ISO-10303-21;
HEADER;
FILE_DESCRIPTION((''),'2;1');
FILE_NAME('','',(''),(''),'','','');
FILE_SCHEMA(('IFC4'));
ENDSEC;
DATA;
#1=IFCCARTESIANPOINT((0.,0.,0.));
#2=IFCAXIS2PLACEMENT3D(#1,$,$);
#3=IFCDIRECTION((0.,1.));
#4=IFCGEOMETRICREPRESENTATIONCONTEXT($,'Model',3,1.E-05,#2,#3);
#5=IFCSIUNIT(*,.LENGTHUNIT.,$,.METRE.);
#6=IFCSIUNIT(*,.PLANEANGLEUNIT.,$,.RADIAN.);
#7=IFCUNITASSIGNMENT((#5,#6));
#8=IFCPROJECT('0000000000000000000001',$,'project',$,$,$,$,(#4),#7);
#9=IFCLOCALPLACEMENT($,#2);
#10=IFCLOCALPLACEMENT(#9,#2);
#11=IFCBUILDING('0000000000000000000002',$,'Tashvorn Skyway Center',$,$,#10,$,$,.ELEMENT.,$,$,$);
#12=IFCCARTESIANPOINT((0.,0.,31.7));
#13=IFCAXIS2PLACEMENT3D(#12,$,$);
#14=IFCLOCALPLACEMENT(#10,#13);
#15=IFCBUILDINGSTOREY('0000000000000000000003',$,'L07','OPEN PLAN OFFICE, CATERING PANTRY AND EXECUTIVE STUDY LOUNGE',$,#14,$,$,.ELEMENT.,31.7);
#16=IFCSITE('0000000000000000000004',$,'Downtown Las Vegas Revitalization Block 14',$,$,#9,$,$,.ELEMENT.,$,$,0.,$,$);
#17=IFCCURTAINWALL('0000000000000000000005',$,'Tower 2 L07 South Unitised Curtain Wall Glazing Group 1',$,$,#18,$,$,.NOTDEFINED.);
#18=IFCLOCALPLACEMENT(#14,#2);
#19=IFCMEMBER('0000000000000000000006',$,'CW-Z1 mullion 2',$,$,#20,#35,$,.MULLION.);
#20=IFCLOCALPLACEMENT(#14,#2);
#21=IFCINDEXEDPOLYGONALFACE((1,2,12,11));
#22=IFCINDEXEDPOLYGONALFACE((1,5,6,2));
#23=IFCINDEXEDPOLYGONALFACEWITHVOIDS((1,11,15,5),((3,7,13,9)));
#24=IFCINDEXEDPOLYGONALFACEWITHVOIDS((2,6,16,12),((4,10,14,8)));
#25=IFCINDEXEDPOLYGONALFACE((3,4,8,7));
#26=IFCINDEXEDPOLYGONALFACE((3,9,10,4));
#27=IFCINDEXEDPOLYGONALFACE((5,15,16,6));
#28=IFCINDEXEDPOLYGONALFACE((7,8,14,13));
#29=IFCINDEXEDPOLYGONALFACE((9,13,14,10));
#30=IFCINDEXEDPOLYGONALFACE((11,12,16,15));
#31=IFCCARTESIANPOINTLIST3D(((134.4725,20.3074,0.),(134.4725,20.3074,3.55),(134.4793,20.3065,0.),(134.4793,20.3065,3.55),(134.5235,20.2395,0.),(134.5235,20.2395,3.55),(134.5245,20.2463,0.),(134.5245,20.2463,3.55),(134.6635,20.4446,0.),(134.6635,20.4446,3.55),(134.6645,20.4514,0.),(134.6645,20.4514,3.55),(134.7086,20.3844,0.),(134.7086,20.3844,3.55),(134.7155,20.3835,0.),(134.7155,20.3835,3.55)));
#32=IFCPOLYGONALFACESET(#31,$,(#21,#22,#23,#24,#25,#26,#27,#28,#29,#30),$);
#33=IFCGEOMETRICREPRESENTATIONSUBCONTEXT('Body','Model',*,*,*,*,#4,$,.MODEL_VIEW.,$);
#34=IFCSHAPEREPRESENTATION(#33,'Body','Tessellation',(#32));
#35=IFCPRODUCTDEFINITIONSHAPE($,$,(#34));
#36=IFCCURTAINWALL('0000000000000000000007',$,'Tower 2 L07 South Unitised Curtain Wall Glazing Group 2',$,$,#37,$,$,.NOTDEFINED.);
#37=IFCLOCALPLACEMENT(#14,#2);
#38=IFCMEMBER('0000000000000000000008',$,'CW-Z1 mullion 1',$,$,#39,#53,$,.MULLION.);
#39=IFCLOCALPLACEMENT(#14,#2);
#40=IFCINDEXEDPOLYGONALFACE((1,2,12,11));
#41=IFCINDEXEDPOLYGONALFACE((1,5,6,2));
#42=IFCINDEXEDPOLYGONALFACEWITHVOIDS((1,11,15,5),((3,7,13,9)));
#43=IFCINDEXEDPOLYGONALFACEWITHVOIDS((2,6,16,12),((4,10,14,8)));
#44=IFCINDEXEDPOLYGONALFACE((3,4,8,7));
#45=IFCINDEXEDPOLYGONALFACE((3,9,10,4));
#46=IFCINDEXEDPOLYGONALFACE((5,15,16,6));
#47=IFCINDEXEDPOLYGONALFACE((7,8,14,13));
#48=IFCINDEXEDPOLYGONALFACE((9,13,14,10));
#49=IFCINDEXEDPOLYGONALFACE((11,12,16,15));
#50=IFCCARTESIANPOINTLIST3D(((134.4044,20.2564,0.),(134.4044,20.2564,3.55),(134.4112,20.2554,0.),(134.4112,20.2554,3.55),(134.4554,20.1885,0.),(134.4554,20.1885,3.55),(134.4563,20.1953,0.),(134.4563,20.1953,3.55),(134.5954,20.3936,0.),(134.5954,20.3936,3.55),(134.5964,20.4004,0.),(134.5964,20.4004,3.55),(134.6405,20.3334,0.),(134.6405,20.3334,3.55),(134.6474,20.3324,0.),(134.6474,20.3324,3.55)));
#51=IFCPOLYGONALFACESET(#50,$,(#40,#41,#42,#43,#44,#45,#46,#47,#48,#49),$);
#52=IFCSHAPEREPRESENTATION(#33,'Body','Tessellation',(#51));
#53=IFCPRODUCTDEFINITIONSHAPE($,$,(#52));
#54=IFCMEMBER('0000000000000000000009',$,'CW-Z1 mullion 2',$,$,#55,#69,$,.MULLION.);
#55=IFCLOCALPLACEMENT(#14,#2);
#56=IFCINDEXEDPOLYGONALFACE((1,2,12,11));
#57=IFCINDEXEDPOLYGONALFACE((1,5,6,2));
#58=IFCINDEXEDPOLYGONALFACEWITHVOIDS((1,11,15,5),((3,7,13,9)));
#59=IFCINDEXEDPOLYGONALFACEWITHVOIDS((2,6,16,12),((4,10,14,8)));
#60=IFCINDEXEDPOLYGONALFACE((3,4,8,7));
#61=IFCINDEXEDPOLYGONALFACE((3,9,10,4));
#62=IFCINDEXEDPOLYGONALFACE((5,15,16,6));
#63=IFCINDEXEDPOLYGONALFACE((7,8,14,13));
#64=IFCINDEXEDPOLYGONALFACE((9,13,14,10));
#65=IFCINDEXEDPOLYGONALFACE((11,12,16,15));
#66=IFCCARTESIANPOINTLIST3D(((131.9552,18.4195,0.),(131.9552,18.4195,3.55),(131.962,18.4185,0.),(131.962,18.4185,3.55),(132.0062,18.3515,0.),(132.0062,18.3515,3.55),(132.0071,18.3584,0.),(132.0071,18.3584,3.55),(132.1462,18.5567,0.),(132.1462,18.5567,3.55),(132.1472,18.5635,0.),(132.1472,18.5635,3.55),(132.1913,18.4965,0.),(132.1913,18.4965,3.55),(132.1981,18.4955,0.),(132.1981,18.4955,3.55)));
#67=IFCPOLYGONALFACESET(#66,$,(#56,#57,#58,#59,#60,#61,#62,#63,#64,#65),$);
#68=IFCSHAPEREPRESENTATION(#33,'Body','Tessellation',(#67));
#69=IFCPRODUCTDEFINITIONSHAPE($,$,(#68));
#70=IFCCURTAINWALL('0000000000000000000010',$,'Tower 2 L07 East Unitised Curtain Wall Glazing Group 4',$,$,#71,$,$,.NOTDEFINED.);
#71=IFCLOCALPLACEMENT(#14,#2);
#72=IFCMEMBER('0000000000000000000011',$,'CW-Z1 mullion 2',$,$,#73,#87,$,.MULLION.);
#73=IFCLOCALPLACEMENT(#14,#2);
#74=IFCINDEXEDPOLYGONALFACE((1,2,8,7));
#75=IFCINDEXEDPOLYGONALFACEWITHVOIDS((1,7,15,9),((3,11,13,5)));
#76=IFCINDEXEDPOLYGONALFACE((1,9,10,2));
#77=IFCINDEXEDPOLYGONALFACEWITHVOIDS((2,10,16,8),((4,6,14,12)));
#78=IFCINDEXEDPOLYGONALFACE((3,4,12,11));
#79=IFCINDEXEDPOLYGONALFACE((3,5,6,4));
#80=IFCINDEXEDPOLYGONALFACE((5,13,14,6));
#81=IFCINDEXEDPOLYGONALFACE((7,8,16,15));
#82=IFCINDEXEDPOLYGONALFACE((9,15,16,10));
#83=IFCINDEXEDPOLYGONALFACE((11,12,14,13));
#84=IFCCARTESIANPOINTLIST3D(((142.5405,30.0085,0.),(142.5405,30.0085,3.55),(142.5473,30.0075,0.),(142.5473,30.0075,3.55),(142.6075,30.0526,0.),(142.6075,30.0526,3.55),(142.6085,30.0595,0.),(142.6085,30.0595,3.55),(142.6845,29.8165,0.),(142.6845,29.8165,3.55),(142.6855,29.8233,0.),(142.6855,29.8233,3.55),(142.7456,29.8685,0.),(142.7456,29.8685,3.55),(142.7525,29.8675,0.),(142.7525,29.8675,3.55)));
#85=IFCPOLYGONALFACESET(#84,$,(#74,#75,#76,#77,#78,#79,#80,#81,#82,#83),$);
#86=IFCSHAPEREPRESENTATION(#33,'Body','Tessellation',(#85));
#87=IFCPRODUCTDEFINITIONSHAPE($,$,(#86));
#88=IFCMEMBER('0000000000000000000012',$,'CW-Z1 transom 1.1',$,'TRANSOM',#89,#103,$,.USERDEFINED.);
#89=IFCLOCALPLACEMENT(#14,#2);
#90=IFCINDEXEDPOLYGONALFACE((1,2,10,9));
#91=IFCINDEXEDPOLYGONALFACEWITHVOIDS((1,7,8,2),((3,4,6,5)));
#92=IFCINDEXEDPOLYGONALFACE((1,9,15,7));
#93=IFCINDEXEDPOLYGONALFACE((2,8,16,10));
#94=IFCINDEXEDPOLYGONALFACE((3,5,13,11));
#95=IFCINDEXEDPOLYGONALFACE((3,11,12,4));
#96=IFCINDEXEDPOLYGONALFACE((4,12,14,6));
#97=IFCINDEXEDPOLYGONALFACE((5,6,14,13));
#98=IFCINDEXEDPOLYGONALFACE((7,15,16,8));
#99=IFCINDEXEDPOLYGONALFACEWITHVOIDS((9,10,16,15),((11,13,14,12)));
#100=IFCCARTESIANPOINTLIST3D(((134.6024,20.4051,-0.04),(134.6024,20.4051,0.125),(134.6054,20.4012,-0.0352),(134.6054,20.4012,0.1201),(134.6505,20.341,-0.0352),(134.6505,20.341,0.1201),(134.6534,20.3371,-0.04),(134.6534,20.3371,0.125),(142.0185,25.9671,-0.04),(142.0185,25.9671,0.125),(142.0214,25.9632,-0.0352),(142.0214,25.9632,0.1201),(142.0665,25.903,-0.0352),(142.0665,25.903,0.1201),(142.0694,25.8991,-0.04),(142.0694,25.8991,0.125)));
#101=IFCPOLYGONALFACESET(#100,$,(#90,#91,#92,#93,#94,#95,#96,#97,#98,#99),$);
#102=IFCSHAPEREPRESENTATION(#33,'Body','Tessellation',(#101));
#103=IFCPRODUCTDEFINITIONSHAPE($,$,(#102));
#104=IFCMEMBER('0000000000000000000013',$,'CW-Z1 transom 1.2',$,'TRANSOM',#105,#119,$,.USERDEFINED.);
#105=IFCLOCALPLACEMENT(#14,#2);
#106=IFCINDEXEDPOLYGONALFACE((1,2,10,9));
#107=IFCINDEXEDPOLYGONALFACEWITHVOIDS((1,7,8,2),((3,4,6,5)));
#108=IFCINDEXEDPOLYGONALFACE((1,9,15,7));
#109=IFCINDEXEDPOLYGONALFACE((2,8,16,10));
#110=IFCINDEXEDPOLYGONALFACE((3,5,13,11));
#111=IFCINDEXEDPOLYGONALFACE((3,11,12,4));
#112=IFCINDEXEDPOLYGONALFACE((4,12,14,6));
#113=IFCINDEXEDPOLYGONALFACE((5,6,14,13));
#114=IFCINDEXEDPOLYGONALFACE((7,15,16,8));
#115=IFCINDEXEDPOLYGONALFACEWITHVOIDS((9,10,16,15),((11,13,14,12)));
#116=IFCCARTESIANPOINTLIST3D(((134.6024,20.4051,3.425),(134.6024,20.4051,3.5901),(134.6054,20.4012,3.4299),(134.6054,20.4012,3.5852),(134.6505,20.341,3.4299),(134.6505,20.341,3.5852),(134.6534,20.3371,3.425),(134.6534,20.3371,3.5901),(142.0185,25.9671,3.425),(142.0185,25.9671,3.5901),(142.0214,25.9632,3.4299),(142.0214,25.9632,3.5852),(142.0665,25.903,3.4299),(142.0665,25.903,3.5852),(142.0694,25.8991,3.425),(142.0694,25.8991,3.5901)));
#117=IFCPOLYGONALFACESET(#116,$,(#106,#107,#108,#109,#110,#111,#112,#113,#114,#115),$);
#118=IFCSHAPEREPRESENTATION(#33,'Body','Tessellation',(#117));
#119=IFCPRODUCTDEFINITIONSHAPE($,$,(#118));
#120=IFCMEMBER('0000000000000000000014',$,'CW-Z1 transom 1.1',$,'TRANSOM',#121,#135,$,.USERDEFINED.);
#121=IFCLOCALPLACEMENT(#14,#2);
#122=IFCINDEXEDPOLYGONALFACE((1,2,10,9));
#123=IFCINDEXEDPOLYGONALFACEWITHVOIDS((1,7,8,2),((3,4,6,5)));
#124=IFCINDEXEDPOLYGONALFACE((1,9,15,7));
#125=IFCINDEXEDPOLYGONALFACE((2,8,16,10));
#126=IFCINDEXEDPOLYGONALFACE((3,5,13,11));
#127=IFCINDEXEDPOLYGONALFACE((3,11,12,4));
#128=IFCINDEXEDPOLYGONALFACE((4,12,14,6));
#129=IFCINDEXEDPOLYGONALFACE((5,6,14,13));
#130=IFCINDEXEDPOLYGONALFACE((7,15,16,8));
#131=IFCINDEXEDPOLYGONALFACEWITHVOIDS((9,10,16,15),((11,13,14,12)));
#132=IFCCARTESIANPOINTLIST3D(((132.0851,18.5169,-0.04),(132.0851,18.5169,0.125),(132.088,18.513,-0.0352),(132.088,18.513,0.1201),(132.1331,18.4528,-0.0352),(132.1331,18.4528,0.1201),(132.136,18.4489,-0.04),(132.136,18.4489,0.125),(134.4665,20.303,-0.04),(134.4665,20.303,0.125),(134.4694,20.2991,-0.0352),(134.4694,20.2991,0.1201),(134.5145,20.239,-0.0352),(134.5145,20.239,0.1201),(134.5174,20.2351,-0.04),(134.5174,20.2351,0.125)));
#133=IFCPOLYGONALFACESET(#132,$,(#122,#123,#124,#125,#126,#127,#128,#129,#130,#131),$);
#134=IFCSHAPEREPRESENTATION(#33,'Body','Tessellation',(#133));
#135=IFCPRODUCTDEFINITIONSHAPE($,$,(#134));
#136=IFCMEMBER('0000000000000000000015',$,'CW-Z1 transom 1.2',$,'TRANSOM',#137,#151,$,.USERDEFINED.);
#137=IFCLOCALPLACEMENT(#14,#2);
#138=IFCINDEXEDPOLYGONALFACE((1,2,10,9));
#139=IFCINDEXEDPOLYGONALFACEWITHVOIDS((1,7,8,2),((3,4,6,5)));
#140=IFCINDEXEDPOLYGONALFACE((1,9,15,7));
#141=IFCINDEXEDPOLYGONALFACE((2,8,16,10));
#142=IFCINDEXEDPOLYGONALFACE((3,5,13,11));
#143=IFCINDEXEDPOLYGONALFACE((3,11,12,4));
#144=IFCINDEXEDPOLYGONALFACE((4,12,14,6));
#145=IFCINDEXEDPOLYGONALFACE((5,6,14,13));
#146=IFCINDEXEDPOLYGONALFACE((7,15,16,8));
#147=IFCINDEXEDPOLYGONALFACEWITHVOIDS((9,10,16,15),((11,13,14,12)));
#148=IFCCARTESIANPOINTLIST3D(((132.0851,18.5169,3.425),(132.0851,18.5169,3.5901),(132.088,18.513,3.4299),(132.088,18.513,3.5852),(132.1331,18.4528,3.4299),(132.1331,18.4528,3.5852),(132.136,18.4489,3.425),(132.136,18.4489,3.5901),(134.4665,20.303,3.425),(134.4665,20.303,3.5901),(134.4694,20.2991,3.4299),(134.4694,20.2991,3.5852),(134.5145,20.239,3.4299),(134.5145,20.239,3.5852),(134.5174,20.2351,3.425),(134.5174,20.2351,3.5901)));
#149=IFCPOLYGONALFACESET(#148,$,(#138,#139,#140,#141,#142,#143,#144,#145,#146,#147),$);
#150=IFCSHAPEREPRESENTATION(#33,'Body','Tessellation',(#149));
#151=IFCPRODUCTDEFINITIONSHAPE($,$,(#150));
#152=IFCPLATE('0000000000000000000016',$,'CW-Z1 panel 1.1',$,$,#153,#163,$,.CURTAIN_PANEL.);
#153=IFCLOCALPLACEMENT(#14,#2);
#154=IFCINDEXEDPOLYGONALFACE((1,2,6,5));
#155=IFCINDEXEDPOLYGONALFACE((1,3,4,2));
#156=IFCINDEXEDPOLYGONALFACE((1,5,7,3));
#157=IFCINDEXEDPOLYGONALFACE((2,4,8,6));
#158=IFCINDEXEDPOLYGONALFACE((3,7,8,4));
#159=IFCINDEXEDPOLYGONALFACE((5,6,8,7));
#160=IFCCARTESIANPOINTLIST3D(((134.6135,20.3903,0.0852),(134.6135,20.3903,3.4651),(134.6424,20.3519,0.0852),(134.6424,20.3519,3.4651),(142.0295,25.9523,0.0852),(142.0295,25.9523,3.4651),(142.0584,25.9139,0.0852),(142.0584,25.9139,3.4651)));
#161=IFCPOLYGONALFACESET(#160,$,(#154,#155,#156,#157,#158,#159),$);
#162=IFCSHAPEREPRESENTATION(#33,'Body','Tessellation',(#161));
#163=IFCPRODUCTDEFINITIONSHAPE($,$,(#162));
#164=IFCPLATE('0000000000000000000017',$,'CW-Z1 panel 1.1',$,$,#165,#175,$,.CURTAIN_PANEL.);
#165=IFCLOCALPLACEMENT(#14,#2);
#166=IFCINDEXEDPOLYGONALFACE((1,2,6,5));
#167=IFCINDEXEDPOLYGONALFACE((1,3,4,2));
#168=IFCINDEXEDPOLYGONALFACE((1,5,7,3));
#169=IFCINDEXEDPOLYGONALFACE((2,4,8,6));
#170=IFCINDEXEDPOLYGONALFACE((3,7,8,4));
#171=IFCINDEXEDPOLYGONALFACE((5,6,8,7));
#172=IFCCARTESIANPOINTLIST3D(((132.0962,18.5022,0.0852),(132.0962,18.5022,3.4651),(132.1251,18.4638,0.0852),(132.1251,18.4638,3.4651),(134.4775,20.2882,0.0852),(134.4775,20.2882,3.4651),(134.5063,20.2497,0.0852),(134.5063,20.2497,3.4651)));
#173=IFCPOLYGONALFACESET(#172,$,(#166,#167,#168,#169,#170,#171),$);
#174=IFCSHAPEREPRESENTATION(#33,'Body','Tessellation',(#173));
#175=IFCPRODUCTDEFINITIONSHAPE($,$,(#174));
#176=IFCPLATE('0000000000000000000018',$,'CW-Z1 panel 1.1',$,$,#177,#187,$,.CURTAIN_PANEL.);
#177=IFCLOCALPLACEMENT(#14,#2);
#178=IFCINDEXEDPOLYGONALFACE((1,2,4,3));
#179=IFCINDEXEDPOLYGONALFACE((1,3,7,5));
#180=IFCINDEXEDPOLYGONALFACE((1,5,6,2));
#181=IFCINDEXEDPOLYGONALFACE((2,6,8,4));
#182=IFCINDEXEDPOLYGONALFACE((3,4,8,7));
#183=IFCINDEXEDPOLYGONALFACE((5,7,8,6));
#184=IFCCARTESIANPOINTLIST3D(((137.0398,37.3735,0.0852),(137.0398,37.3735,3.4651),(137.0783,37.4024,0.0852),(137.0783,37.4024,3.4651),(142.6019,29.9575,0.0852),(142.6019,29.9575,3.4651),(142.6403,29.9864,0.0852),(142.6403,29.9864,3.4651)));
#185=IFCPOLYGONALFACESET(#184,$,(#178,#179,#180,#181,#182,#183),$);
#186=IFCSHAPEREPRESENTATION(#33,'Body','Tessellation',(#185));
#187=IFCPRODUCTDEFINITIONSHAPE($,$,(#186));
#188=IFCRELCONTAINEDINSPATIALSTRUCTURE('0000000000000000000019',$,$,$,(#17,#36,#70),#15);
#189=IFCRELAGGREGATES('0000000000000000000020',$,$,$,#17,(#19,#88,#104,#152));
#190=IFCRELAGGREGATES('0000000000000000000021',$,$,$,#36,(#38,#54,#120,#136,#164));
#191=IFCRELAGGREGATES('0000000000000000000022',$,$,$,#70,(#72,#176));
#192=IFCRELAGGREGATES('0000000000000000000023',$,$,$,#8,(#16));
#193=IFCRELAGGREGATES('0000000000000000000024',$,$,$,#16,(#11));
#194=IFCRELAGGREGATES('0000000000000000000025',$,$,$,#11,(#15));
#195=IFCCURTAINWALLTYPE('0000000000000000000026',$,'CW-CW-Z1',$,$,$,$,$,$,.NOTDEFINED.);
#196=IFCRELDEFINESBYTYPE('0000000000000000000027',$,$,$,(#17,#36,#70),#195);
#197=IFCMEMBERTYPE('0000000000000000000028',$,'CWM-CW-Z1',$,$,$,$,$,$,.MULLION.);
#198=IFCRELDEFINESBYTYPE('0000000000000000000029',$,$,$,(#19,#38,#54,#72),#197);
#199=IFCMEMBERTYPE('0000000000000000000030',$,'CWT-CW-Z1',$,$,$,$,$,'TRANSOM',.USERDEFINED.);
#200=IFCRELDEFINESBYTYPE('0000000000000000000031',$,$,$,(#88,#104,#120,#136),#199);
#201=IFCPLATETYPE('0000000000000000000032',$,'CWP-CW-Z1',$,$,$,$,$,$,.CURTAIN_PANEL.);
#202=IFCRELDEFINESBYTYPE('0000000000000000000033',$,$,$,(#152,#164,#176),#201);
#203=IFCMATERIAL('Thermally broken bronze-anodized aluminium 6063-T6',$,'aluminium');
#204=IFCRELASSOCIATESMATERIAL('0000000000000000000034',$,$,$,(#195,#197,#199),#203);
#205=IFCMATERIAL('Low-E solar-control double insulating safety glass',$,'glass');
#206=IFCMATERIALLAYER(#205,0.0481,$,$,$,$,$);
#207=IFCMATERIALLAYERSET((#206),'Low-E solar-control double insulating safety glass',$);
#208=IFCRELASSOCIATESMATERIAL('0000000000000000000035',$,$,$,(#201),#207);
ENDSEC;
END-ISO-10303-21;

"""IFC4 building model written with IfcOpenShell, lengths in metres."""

from ifc_helpers import new_model, si_unit, direction, frame, origin, origin_2d, place, context, subcontext, project, spatial, rectangle, hollow_rectangle, extrude, material, layer, layer_set, material_profile, profile_set, type_object, element, aggregate, save


model = new_model("IFC4")

# Units and contexts
model_context = context("Model", 3, precision=1e-05, world=origin(), true_north=direction((0.0, 1.0)))
body_context = subcontext(model_context, "Body", "Model", "MODEL_VIEW")
ifc_project = project(units=[si_unit("LENGTHUNIT", "METRE"), si_unit("PLANEANGLEUNIT", "RADIAN")], contexts=[model_context])

# Site, building, storey
site_placement = place(None, origin())
site = spatial("IfcSite", under=ifc_project, at=site_placement, Name="Downtown Las Vegas Revitalization Block 14", CompositionType="ELEMENT", RefElevation=0.0)
building_placement = place(site_placement, origin())
building = spatial("IfcBuilding", under=site, at=building_placement, Name="Tashvorn Skyway Center", CompositionType="ELEMENT")
storey_placement = place(building_placement, frame((0.0, 0.0, 31.7)))
storey = spatial("IfcBuildingStorey", under=building, at=storey_placement, Name="L07", Description="OPEN PLAN OFFICE, CATERING PANTRY AND EXECUTIVE STUDY LOUNGE", CompositionType="ELEMENT", Elevation=31.7)

# Curtain walls, members
ifc_material_1 = material(Name="Thermally broken bronze-anodized aluminium 6063-T6", Category="aluminium")
curtain_wall_type = type_object("IfcCurtainWallType", Name="CW-CW-Z1", PredefinedType="NOTDEFINED", material=ifc_material_1)
curtain_wall_1_placement = place(storey_placement, origin())
curtain_wall_1 = element("IfcCurtainWall", 1, at=curtain_wall_1_placement, inside=storey, type_object=curtain_wall_type, Name="Tower 2 L07 South Unitised Curtain Wall Glazing Group 1", PredefinedType="NOTDEFINED")
ifc_material_profile_1 = material_profile(ifc_material_1, hollow_rectangle(XDim=0.085, YDim=0.24, WallThickness=0.0049, at=origin_2d()), Name="ALU-MULL-85x240")
ifc_profile_set_1 = profile_set([ifc_material_profile_1], Name="Thermally broken bronze-anodized aluminium 6063-T6")
member_type_1 = type_object("IfcMemberType", Name="CWM-CW-Z1", PredefinedType="MULLION", material=ifc_profile_set_1)
member_1_placement = place(storey_placement, frame((134.594, 20.3455, 0.0), z_axis=(0.0, 0.0, 1.0), x_axis=(0.6, -0.8, 0.0)))
member_1 = element("IfcMember", 2, at=member_1_placement, type_object=member_type_1, Name="CW-Z1 mullion 2", PredefinedType="MULLION", context=body_context, shape_type="SweptSolid", body=[
    extrude(hollow_rectangle(XDim=0.085, YDim=0.24, WallThickness=0.0049, at=origin_2d()), origin(), (0.0, 0.0, 1.0), 3.55),
])
curtain_wall_2_placement = place(storey_placement, origin())
curtain_wall_2 = element("IfcCurtainWall", 3, at=curtain_wall_2_placement, inside=storey, type_object=curtain_wall_type, Name="Tower 2 L07 South Unitised Curtain Wall Glazing Group 2", PredefinedType="NOTDEFINED")
member_2_placement = place(storey_placement, frame((134.5259, 20.2944, 0.0), z_axis=(0.0, 0.0, 1.0), x_axis=(0.600005, -0.799996, 0.0)))
member_2 = element("IfcMember", 4, at=member_2_placement, type_object=member_type_1, Name="CW-Z1 mullion 1", PredefinedType="MULLION", context=body_context, shape_type="SweptSolid", body=[
    extrude(hollow_rectangle(XDim=0.085, YDim=0.24, WallThickness=0.0049, at=origin_2d()), origin(), (0.0, 0.0, 1.0), 3.55),
])
member_3_placement = place(storey_placement, frame((132.0767, 18.4575, 0.0), z_axis=(0.0, 0.0, 1.0), x_axis=(0.600005, -0.799996, 0.0)))
member_3 = element("IfcMember", 5, at=member_3_placement, type_object=member_type_1, Name="CW-Z1 mullion 2", PredefinedType="MULLION", context=body_context, shape_type="SweptSolid", body=[
    extrude(hollow_rectangle(XDim=0.085, YDim=0.24, WallThickness=0.0049, at=origin_2d()), origin(), (0.0, 0.0, 1.0), 3.55),
])

# Curtain wall, member
curtain_wall_3_placement = place(storey_placement, origin())
curtain_wall_3 = element("IfcCurtainWall", 6, at=curtain_wall_3_placement, inside=storey, type_object=curtain_wall_type, Name="Tower 2 L07 East Unitised Curtain Wall Glazing Group 4", PredefinedType="NOTDEFINED")
member_4_placement = place(storey_placement, frame((142.6465, 29.938, 0.0), z_axis=(0.0, 0.0, 1.0), x_axis=(0.8, 0.6, 0.0)))
member_4 = element("IfcMember", 7, at=member_4_placement, type_object=member_type_1, Name="CW-Z1 mullion 2", PredefinedType="MULLION", context=body_context, shape_type="SweptSolid", body=[
    extrude(hollow_rectangle(XDim=0.085, YDim=0.24, WallThickness=0.0049, at=origin_2d()), origin(), (0.0, 0.0, 1.0), 3.55),
])

# Members
ifc_material_profile_2 = material_profile(ifc_material_1, hollow_rectangle(XDim=0.085, YDim=0.165, WallThickness=0.0049, at=origin_2d()), Name="ALU-TRAN-85x165")
ifc_profile_set_2 = profile_set([ifc_material_profile_2], Name="Thermally broken bronze-anodized aluminium 6063-T6")
member_type_2 = type_object("IfcMemberType", Name="CWT-CW-Z1", ElementType="TRANSOM", PredefinedType="USERDEFINED", material=ifc_profile_set_2)
member_5_placement = place(storey_placement, frame((142.0439, 25.9331, 0.0425), z_axis=(-0.8, -0.6, 0.0), x_axis=(0.6, -0.8, 0.0)))
member_5 = element("IfcMember", 8, at=member_5_placement, type_object=member_type_2, Name="CW-Z1 transom 1.1", ObjectType="TRANSOM", PredefinedType="USERDEFINED", context=body_context, shape_type="SweptSolid", body=[
    extrude(hollow_rectangle(XDim=0.085, YDim=0.165, WallThickness=0.0049, at=origin_2d()), origin(), (0.0, 0.0, 1.0), 9.27),
])
member_6_placement = place(storey_placement, frame((142.0439, 25.9331, 3.5076), z_axis=(-0.8, -0.6, 0.0), x_axis=(0.6, -0.8, 0.0)))
member_6 = element("IfcMember", 9, at=member_6_placement, type_object=member_type_2, Name="CW-Z1 transom 1.2", ObjectType="TRANSOM", PredefinedType="USERDEFINED", context=body_context, shape_type="SweptSolid", body=[
    extrude(hollow_rectangle(XDim=0.085, YDim=0.165, WallThickness=0.0049, at=origin_2d()), origin(), (0.0, 0.0, 1.0), 9.27),
])
member_7_placement = place(storey_placement, frame((134.4919, 20.269, 0.0425), z_axis=(-0.79998, -0.600026, 0.0), x_axis=(0.600026, -0.79998, 0.0)))
member_7 = element("IfcMember", 10, at=member_7_placement, type_object=member_type_2, Name="CW-Z1 transom 1.1", ObjectType="TRANSOM", PredefinedType="USERDEFINED", context=body_context, shape_type="SweptSolid", body=[
    extrude(hollow_rectangle(XDim=0.085, YDim=0.165, WallThickness=0.0049, at=origin_2d()), origin(), (0.0, 0.0, 1.0), 2.9768),
])
member_8_placement = place(storey_placement, frame((134.4919, 20.269, 3.5076), z_axis=(-0.79998, -0.600026, 0.0), x_axis=(0.600026, -0.79998, 0.0)))
member_8 = element("IfcMember", 11, at=member_8_placement, type_object=member_type_2, Name="CW-Z1 transom 1.2", ObjectType="TRANSOM", PredefinedType="USERDEFINED", context=body_context, shape_type="SweptSolid", body=[
    extrude(hollow_rectangle(XDim=0.085, YDim=0.165, WallThickness=0.0049, at=origin_2d()), origin(), (0.0, 0.0, 1.0), 2.9768),
])

# Plates
ifc_material_2 = material(Name="Low-E solar-control double insulating safety glass", Category="glass")
ifc_layer_1 = layer(ifc_material_2, 0.0481)
ifc_layer_set_1 = layer_set([ifc_layer_1], Name="Low-E solar-control double insulating safety glass")
plate_type = type_object("IfcPlateType", Name="CWP-CW-Z1", PredefinedType="CURTAIN_PANEL", material=ifc_layer_set_1)
plate_1_placement = place(storey_placement, frame((138.3359, 23.1521, 0.0852), z_axis=(0.0, 0.0, 1.0), x_axis=(-0.8, -0.6, 0.0)))
plate_1 = element("IfcPlate", 12, at=plate_1_placement, type_object=plate_type, Name="CW-Z1 panel 1.1", PredefinedType="CURTAIN_PANEL", context=body_context, shape_type="SweptSolid", body=[
    extrude(rectangle(XDim=9.27, YDim=0.0481, at=origin_2d()), origin(), (0.0, 0.0, 1.0), 3.3799),
])
aggregate(curtain_wall_1, [member_1, member_5, member_6, plate_1])
plate_2_placement = place(storey_placement, frame((133.3013, 19.376, 0.0852), z_axis=(0.0, 0.0, 1.0), x_axis=(-0.799996, -0.600005, 0.0)))
plate_2 = element("IfcPlate", 13, at=plate_2_placement, type_object=plate_type, Name="CW-Z1 panel 1.1", PredefinedType="CURTAIN_PANEL", context=body_context, shape_type="SweptSolid", body=[
    extrude(rectangle(XDim=2.9766, YDim=0.0481, at=origin_2d()), origin(), (0.0, 0.0, 1.0), 3.3799),
])
aggregate(curtain_wall_2, [member_2, member_3, member_7, member_8, plate_2])
plate_3_placement = place(storey_placement, frame((139.8401, 33.6799, 0.0852), z_axis=(0.0, 0.0, 1.0), x_axis=(0.6, -0.8, 0.0)))
plate_3 = element("IfcPlate", 14, at=plate_3_placement, type_object=plate_type, Name="CW-Z1 panel 1.1", PredefinedType="CURTAIN_PANEL", context=body_context, shape_type="SweptSolid", body=[
    extrude(rectangle(XDim=9.27, YDim=0.0481, at=origin_2d()), origin(), (0.0, 0.0, 1.0), 3.3799),
])
aggregate(curtain_wall_3, [member_4, plate_3])

save(model, "model.ifc")
